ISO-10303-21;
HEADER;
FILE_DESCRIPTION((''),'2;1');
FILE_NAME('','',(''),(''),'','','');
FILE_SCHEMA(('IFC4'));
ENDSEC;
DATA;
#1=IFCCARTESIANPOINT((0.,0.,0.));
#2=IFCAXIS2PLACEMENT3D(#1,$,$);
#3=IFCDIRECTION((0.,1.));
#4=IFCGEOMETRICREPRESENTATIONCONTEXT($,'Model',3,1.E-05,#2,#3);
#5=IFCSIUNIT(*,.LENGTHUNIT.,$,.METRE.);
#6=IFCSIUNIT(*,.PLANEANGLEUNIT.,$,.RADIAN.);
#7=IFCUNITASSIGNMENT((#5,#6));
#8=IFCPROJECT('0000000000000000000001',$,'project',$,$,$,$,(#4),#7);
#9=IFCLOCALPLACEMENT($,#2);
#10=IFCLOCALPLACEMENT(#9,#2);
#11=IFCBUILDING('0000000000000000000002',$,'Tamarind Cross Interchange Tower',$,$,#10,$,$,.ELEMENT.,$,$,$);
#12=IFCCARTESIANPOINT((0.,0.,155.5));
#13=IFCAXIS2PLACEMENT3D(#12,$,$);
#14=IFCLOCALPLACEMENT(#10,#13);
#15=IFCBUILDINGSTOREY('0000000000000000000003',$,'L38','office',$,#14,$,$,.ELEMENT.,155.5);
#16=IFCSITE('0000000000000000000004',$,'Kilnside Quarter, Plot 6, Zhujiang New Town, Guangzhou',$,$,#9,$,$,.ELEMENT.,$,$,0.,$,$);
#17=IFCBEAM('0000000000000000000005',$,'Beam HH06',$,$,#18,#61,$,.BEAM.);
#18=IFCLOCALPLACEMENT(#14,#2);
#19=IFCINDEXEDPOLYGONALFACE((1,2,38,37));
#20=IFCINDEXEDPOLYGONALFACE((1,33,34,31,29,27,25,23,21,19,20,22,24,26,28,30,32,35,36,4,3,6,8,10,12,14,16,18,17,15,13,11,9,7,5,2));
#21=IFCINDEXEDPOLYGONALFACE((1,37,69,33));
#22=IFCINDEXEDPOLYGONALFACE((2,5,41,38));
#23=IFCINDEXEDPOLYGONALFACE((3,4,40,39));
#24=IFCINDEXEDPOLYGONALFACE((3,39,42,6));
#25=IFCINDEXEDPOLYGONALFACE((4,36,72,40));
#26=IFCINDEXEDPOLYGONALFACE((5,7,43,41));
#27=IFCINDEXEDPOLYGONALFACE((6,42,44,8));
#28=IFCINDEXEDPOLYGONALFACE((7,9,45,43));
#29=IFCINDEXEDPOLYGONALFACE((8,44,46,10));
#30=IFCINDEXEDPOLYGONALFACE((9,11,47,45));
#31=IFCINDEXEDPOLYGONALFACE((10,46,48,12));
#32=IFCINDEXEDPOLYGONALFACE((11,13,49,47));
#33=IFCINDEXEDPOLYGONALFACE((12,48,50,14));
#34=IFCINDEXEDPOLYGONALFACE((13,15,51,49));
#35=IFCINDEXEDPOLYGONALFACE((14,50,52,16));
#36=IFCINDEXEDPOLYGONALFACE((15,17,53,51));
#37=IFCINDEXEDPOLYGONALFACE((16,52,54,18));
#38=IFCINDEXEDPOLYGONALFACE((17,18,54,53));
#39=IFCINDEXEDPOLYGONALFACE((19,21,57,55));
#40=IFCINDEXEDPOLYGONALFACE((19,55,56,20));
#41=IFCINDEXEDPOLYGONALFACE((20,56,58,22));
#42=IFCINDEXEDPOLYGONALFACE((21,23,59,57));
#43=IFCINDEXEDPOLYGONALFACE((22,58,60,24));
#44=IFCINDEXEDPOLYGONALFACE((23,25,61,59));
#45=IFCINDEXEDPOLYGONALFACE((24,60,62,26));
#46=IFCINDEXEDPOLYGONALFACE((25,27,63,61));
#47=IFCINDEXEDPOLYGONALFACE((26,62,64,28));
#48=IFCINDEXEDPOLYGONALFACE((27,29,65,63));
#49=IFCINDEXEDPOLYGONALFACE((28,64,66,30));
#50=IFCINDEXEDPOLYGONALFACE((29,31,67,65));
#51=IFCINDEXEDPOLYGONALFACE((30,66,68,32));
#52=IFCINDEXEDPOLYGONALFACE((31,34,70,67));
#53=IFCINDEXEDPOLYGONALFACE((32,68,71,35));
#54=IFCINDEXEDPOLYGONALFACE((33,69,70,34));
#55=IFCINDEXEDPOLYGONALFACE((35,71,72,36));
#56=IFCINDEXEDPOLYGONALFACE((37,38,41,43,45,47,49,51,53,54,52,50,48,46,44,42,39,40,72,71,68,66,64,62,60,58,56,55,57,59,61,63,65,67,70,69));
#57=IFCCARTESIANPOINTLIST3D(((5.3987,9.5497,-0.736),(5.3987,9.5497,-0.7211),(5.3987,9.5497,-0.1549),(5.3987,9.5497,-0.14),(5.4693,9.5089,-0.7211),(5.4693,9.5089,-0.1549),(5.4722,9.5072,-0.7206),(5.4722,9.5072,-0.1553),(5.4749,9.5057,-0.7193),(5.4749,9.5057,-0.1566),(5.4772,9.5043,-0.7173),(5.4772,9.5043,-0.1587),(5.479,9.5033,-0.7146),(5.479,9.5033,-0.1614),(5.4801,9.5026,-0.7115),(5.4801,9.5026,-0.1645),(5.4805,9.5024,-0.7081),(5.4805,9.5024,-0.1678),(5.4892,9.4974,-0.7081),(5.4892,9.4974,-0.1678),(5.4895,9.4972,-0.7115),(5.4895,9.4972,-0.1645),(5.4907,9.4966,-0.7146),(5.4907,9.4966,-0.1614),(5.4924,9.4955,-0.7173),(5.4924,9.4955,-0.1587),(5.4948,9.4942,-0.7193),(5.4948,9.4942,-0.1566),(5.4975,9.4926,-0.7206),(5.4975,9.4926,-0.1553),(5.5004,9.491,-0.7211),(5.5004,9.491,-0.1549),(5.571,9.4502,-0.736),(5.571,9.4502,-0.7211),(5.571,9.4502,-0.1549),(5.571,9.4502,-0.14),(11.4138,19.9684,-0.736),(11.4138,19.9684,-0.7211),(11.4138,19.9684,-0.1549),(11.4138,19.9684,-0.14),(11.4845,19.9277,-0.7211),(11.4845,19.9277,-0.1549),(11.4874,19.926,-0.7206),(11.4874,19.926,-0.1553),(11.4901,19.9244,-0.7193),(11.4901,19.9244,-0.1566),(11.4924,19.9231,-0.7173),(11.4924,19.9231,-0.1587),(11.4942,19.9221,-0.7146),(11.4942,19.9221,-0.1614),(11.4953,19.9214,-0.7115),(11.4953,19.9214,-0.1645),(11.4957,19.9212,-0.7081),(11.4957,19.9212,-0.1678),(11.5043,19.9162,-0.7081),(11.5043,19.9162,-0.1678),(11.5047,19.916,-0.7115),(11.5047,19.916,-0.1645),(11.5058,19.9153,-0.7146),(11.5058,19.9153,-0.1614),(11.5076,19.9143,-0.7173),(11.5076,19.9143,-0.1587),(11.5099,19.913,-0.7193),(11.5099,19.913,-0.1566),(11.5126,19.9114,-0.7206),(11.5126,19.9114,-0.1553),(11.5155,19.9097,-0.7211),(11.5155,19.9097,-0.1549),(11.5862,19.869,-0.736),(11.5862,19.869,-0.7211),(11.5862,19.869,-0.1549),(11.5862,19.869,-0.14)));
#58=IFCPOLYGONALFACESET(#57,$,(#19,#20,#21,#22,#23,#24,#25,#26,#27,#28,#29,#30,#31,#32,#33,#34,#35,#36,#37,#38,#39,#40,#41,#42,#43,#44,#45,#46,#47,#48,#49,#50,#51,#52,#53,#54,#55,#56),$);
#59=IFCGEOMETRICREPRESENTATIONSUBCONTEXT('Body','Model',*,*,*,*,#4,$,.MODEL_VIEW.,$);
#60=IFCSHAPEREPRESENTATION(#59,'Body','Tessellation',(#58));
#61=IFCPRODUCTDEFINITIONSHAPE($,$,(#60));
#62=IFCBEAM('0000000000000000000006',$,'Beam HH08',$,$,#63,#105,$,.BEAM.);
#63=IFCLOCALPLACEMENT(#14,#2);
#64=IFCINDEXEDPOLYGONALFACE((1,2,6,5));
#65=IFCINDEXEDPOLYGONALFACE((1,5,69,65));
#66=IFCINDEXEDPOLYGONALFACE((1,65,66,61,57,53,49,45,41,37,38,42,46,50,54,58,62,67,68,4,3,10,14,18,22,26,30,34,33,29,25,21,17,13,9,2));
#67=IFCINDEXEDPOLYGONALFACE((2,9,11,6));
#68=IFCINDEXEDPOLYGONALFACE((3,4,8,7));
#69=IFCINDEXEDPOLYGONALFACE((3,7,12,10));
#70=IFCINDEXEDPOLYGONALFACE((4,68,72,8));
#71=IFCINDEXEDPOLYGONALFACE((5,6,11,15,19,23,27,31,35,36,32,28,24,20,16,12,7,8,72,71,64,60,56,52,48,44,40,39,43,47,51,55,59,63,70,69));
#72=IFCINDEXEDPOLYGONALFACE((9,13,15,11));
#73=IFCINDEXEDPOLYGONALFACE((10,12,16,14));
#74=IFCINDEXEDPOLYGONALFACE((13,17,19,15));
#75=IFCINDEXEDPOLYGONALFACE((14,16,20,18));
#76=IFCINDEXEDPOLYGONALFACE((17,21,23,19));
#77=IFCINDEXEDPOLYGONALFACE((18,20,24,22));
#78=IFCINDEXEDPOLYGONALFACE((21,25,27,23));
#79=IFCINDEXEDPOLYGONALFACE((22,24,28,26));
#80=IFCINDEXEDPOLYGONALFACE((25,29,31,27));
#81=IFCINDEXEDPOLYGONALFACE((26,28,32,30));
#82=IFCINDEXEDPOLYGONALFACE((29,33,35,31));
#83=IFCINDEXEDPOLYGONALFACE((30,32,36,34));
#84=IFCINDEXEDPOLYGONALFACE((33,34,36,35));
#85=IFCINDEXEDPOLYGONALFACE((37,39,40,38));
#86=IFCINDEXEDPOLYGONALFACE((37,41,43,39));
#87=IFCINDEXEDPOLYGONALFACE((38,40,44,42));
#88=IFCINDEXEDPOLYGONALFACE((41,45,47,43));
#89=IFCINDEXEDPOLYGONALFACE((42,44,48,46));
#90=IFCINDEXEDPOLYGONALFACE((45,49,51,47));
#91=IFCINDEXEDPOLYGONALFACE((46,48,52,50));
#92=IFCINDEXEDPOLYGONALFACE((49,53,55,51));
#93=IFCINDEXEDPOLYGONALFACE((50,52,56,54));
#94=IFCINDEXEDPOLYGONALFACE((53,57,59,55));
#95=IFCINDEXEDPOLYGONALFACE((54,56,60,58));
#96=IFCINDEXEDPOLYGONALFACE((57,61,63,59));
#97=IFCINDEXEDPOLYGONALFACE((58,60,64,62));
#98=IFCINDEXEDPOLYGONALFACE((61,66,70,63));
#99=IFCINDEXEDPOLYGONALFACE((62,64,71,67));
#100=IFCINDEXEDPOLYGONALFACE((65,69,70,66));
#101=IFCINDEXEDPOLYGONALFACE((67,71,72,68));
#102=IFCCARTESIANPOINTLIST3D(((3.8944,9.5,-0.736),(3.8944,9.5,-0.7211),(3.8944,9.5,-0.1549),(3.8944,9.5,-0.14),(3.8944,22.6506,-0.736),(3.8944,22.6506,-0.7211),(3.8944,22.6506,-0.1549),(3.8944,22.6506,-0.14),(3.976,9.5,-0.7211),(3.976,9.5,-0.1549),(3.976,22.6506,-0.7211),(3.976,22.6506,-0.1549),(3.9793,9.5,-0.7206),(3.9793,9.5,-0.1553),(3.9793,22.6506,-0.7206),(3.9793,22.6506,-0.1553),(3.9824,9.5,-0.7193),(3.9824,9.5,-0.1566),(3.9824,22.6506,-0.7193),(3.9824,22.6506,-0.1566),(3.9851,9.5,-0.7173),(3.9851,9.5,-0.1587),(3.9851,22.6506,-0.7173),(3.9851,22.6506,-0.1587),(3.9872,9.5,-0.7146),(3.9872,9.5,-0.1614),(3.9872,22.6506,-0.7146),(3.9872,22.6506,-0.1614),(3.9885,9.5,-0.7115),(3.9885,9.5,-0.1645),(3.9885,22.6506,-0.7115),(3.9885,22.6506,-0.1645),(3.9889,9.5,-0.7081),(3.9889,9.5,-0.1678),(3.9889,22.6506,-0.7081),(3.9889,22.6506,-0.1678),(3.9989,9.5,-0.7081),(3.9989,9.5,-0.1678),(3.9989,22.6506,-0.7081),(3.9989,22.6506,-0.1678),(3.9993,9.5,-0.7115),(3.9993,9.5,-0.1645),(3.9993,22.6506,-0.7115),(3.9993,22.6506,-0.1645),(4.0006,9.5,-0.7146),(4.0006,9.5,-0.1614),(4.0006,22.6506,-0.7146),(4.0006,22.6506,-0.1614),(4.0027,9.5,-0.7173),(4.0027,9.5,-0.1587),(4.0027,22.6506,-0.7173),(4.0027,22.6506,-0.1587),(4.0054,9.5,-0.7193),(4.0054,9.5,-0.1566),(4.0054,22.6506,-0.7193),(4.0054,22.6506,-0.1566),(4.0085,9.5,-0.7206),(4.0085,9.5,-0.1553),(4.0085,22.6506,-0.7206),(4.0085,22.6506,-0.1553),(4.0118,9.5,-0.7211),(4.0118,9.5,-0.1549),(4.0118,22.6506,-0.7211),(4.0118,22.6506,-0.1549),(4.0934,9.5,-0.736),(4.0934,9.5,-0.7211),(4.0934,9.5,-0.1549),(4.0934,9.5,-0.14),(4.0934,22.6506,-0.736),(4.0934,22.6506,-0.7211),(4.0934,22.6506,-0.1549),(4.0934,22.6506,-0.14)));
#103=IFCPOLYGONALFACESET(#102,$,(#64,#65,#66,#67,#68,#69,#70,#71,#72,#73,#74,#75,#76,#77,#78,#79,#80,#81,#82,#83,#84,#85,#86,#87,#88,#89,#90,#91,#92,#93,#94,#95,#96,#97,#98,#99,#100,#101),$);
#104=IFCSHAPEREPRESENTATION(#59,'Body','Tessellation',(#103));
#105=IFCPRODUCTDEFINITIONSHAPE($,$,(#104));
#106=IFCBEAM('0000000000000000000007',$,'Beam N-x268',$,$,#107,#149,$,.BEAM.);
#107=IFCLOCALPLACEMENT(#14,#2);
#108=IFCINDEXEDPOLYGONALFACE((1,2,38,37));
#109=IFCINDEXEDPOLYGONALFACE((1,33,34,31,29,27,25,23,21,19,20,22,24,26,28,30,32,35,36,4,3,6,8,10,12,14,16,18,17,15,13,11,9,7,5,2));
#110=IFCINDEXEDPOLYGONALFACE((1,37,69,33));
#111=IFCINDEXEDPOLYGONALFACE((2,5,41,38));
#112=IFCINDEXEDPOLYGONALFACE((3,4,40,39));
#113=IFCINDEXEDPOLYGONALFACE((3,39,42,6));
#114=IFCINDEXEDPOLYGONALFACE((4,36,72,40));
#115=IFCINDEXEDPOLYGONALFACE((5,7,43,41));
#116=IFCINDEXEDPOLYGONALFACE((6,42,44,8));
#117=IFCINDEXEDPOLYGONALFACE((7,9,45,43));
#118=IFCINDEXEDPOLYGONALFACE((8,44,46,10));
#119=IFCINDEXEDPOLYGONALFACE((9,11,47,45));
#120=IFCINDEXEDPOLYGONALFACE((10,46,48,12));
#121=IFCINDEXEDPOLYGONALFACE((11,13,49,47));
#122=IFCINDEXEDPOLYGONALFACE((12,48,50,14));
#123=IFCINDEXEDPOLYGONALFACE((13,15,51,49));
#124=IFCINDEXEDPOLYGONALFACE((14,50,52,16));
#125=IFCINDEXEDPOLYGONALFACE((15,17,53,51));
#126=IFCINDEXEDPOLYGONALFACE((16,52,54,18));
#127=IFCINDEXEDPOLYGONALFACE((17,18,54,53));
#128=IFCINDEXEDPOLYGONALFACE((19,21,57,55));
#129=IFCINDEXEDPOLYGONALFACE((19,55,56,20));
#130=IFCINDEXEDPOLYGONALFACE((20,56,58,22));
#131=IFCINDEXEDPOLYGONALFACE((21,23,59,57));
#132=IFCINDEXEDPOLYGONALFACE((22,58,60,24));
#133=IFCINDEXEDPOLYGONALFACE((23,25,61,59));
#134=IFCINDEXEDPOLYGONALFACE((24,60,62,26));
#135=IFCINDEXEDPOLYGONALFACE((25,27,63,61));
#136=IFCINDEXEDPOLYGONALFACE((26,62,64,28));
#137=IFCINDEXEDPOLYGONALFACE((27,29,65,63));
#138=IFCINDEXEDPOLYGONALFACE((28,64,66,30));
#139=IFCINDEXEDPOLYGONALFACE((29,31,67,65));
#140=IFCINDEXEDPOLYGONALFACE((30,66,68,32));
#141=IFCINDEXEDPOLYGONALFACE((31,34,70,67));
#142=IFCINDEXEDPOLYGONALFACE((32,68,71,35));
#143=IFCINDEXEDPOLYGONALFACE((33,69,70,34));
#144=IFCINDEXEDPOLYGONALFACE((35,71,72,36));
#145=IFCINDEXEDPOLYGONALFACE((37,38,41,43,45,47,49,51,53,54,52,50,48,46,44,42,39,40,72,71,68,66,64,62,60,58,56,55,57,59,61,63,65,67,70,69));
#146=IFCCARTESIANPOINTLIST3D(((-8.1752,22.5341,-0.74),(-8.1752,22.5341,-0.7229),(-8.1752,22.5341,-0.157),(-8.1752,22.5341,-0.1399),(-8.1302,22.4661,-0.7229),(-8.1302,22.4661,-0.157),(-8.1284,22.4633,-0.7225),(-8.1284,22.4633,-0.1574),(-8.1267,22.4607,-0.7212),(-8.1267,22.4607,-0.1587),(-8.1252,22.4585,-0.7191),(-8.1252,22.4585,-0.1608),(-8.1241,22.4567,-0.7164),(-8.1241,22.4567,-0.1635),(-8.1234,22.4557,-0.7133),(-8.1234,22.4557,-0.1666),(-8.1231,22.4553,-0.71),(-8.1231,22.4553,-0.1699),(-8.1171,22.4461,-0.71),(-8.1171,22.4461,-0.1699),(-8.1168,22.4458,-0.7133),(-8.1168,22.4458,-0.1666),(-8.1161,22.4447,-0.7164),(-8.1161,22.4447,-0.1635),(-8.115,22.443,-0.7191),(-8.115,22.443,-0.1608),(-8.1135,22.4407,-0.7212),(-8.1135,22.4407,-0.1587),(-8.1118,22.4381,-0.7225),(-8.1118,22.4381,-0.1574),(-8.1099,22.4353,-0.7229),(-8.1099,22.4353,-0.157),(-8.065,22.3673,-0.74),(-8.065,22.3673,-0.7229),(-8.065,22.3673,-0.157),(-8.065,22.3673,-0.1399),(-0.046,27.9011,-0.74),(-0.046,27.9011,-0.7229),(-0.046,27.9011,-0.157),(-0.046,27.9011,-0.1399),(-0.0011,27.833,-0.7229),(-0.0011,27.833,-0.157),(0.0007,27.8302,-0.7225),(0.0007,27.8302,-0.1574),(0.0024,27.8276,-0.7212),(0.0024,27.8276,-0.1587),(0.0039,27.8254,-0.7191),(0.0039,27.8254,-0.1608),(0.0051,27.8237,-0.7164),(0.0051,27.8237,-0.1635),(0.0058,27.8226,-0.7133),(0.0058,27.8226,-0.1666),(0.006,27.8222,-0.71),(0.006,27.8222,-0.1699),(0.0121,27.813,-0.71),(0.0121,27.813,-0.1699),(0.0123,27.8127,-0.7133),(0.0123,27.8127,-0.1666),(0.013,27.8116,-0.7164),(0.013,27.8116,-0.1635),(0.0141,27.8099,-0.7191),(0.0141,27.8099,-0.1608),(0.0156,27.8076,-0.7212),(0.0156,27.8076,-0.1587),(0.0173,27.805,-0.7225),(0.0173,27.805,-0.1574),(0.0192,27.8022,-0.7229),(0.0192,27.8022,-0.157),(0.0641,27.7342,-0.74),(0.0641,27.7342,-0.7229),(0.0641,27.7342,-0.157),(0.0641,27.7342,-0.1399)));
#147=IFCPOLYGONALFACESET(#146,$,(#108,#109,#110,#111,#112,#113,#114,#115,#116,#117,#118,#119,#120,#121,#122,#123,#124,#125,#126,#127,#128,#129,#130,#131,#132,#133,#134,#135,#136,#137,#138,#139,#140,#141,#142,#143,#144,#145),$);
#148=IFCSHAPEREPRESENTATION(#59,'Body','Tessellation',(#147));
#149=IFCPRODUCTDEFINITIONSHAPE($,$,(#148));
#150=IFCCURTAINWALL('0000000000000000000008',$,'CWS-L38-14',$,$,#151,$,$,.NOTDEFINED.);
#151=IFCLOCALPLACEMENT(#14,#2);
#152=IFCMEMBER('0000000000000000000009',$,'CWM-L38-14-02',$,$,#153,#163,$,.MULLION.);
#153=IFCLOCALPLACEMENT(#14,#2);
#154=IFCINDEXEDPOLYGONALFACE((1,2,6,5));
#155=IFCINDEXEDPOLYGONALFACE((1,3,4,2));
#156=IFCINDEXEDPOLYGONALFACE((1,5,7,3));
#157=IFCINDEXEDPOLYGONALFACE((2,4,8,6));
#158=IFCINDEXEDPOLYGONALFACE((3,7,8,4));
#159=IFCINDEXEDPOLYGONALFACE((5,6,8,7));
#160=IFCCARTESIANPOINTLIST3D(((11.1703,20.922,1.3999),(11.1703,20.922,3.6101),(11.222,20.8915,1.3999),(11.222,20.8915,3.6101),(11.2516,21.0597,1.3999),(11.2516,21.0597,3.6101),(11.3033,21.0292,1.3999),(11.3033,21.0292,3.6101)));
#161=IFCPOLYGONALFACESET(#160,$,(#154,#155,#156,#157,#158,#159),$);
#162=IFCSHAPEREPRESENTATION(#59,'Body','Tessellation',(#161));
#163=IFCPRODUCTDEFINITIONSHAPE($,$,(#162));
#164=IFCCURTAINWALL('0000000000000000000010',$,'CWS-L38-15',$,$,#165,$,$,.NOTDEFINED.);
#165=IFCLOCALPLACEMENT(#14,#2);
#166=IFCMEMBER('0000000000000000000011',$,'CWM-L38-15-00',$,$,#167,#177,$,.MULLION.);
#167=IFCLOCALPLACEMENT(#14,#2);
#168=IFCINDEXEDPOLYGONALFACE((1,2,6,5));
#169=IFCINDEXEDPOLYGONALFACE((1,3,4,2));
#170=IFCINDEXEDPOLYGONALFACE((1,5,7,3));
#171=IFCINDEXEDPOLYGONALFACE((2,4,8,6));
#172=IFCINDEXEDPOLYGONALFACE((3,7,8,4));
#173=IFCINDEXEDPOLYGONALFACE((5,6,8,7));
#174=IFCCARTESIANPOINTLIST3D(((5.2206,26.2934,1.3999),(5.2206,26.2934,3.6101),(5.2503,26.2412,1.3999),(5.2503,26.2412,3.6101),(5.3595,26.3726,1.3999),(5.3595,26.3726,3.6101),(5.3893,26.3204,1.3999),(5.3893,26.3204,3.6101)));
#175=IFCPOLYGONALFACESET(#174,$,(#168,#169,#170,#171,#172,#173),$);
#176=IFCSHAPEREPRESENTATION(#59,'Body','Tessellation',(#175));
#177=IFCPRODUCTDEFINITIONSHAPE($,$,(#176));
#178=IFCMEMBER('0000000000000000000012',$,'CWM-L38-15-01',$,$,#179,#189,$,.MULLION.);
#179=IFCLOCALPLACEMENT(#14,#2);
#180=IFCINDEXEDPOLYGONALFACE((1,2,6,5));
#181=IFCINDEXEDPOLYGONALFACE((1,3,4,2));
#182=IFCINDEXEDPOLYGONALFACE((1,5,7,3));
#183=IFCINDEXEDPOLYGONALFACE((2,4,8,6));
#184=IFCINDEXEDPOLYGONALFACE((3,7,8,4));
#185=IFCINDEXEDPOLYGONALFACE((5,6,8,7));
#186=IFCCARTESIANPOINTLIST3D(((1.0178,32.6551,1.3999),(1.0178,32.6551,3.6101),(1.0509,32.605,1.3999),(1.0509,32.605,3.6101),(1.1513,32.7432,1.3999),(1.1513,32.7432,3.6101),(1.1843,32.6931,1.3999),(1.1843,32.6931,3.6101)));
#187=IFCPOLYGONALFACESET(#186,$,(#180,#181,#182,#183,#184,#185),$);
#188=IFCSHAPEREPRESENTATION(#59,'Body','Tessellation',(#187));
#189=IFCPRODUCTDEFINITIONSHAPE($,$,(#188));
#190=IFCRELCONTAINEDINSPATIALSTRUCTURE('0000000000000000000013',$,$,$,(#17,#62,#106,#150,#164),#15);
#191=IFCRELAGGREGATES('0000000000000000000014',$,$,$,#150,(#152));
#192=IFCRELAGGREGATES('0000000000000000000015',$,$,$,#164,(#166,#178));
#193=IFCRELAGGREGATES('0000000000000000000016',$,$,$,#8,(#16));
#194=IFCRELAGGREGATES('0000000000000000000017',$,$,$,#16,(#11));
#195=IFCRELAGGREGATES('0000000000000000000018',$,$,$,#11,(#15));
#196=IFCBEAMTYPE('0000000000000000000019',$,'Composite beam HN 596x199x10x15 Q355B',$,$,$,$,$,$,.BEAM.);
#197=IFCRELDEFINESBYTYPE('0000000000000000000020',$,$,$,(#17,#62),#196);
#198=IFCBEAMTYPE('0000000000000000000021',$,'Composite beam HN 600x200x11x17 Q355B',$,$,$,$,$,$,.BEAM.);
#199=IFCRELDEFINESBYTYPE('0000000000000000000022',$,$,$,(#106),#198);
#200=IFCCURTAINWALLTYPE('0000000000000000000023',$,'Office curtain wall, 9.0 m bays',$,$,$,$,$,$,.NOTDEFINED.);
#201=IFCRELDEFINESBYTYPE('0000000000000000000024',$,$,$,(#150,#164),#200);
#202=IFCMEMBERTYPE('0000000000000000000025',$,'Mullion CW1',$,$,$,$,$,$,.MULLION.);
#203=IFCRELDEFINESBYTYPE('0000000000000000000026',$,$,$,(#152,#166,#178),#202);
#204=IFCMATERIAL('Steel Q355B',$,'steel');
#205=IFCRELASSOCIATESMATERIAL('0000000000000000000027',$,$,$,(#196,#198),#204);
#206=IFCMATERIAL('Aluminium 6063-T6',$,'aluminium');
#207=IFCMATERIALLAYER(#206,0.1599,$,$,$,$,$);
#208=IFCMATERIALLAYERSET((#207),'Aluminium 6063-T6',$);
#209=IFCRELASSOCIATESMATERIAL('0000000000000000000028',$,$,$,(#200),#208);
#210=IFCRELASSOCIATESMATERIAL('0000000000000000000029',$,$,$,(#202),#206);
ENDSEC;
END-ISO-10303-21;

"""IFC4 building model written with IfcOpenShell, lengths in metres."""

from ifc_helpers import new_model, si_unit, direction, frame, origin, origin_2d, place, context, subcontext, project, spatial, rectangle, i_section, extrude, material, layer, layer_set, material_profile, profile_set, type_object, element, aggregate, save


model = new_model("IFC4")

# Units and contexts
model_context = context("Model", 3, precision=1e-05, world=origin(), true_north=direction((0.0, 1.0)))
body_context = subcontext(model_context, "Body", "Model", "MODEL_VIEW")
ifc_project = project(units=[si_unit("LENGTHUNIT", "METRE"), si_unit("PLANEANGLEUNIT", "RADIAN")], contexts=[model_context])

# Site, building, storey
site_placement = place(None, origin())
site = spatial("IfcSite", under=ifc_project, at=site_placement, Name="Kilnside Quarter, Plot 6, Zhujiang New Town, Guangzhou", CompositionType="ELEMENT", RefElevation=0.0)
building_placement = place(site_placement, origin())
building = spatial("IfcBuilding", under=site, at=building_placement, Name="Tamarind Cross Interchange Tower", CompositionType="ELEMENT")
storey_placement = place(building_placement, frame((0.0, 0.0, 155.5)))
storey = spatial("IfcBuildingStorey", under=building, at=storey_placement, Name="L38", Description="office", CompositionType="ELEMENT", Elevation=155.5)

# Beams
ifc_material_1 = material(Name="Steel Q355B", Category="steel")
ifc_material_profile_1 = material_profile(ifc_material_1, i_section(OverallWidth=0.199, OverallDepth=0.5959, WebThickness=0.01, FlangeThickness=0.0149, FilletRadius=0.0129, at=origin_2d()), Name="HN 596x199x10x15")
ifc_profile_set_1 = profile_set([ifc_material_profile_1], Name="Steel Q355B")
beam_type_1 = type_object("IfcBeamType", Name="Composite beam HN 596x199x10x15 Q355B", PredefinedType="BEAM", material=ifc_profile_set_1)
beam_1_placement = place(storey_placement, frame((11.5, 19.9187, -0.438), z_axis=(-0.499994, -0.866029, 0.0), x_axis=(0.866029, -0.499994, 0.0)))
element("IfcBeam", 1, at=beam_1_placement, inside=storey, type_object=beam_type_1, Name="Beam HH06", PredefinedType="BEAM", context=body_context, shape_type="SweptSolid", body=[
    extrude(i_section(OverallWidth=0.199, OverallDepth=0.5959, WebThickness=0.01, FlangeThickness=0.0149, FilletRadius=0.0129, at=origin_2d()), origin(), (0.0, 0.0, 1.0), 12.0305),
])
beam_2_placement = place(storey_placement, frame((3.9939, 22.6506, -0.438), z_axis=(0.0, -1.0, 0.0), x_axis=(1.0, 0.0, 0.0)))
element("IfcBeam", 2, at=beam_2_placement, inside=storey, type_object=beam_type_1, Name="Beam HH08", PredefinedType="BEAM", context=body_context, shape_type="SweptSolid", body=[
    extrude(i_section(OverallWidth=0.199, OverallDepth=0.5959, WebThickness=0.01, FlangeThickness=0.0149, FilletRadius=0.0129, at=origin_2d()), origin(), (0.0, 0.0, 1.0), 13.1506),
])
ifc_material_profile_2 = material_profile(ifc_material_1, i_section(OverallWidth=0.2, OverallDepth=0.6001, WebThickness=0.011, FlangeThickness=0.0171, FilletRadius=0.0129, at=origin_2d()), Name="HN 600x200x11x17")
ifc_profile_set_2 = profile_set([ifc_material_profile_2], Name="Steel Q355B")
beam_type_2 = type_object("IfcBeamType", Name="Composite beam HN 600x200x11x17 Q355B", PredefinedType="BEAM", material=ifc_profile_set_2)
beam_3_placement = place(storey_placement, frame((0.009, 27.8176, -0.4399), z_axis=(-0.834529, -0.550964, 0.0), x_axis=(0.550964, -0.834529, 0.0)))
element("IfcBeam", 3, at=beam_3_placement, inside=storey, type_object=beam_type_2, Name="Beam N-x268", PredefinedType="BEAM", context=body_context, shape_type="SweptSolid", body=[
    extrude(i_section(OverallWidth=0.2, OverallDepth=0.6001, WebThickness=0.011, FlangeThickness=0.0171, FilletRadius=0.0129, at=origin_2d()), origin(), (0.0, 0.0, 1.0), 9.741),
])

# Curtain wall, member
ifc_material_2 = material(Name="Aluminium 6063-T6", Category="aluminium")
ifc_layer_1 = layer(ifc_material_2, 0.1599)
ifc_layer_set_1 = layer_set([ifc_layer_1], Name="Aluminium 6063-T6")
curtain_wall_type = type_object("IfcCurtainWallType", Name="Office curtain wall, 9.0 m bays", PredefinedType="NOTDEFINED", material=ifc_layer_set_1)
curtain_wall_1_placement = place(storey_placement, origin())
curtain_wall_1 = element("IfcCurtainWall", 4, at=curtain_wall_1_placement, inside=storey, type_object=curtain_wall_type, Name="CWS-L38-14", PredefinedType="NOTDEFINED")
ifc_material_profile_3 = material_profile(ifc_material_2, rectangle(XDim=0.0601, YDim=0.1599, at=origin_2d()), Name="Mullion CW1")
ifc_profile_set_3 = profile_set([ifc_material_profile_3], Name="Aluminium 6063-T6")
member_type = type_object("IfcMemberType", Name="Mullion CW1", PredefinedType="MULLION", material=ifc_profile_set_3)
member_1_placement = place(storey_placement, frame((11.2368, 20.9756, 1.3999), z_axis=(0.0, 0.0, 1.0), x_axis=(-0.861249, 0.508183, 0.0)))
member_1 = element("IfcMember", 5, at=member_1_placement, type_object=member_type, Name="CWM-L38-14-02", PredefinedType="MULLION", context=body_context, shape_type="SweptSolid", body=[
    extrude(rectangle(XDim=0.0601, YDim=0.1599, at=origin_2d()), origin(), (0.0, 0.0, 1.0), 2.2102),
])
aggregate(curtain_wall_1, [member_1])

# Curtain wall, members
curtain_wall_2_placement = place(storey_placement, origin())
curtain_wall_2 = element("IfcCurtainWall", 6, at=curtain_wall_2_placement, inside=storey, type_object=curtain_wall_type, Name="CWS-L38-15", PredefinedType="NOTDEFINED")
member_2_placement = place(storey_placement, frame((5.3049, 26.3069, 1.3999), z_axis=(0.0, 0.0, 1.0), x_axis=(-0.49521, 0.868773, 0.0)))
member_2 = element("IfcMember", 7, at=member_2_placement, type_object=member_type, Name="CWM-L38-15-00", PredefinedType="MULLION", context=body_context, shape_type="SweptSolid", body=[
    extrude(rectangle(XDim=0.0601, YDim=0.1599, at=origin_2d()), origin(), (0.0, 0.0, 1.0), 2.2102),
])
member_3_placement = place(storey_placement, frame((1.1011, 32.6741, 1.3999), z_axis=(0.0, 0.0, 1.0), x_axis=(-0.55097, 0.834525, 0.0)))
member_3 = element("IfcMember", 8, at=member_3_placement, type_object=member_type, Name="CWM-L38-15-01", PredefinedType="MULLION", context=body_context, shape_type="SweptSolid", body=[
    extrude(rectangle(XDim=0.0601, YDim=0.1599, at=origin_2d()), origin(), (0.0, 0.0, 1.0), 2.2102),
])
aggregate(curtain_wall_2, [member_2, member_3])

save(model, "model.ifc")
